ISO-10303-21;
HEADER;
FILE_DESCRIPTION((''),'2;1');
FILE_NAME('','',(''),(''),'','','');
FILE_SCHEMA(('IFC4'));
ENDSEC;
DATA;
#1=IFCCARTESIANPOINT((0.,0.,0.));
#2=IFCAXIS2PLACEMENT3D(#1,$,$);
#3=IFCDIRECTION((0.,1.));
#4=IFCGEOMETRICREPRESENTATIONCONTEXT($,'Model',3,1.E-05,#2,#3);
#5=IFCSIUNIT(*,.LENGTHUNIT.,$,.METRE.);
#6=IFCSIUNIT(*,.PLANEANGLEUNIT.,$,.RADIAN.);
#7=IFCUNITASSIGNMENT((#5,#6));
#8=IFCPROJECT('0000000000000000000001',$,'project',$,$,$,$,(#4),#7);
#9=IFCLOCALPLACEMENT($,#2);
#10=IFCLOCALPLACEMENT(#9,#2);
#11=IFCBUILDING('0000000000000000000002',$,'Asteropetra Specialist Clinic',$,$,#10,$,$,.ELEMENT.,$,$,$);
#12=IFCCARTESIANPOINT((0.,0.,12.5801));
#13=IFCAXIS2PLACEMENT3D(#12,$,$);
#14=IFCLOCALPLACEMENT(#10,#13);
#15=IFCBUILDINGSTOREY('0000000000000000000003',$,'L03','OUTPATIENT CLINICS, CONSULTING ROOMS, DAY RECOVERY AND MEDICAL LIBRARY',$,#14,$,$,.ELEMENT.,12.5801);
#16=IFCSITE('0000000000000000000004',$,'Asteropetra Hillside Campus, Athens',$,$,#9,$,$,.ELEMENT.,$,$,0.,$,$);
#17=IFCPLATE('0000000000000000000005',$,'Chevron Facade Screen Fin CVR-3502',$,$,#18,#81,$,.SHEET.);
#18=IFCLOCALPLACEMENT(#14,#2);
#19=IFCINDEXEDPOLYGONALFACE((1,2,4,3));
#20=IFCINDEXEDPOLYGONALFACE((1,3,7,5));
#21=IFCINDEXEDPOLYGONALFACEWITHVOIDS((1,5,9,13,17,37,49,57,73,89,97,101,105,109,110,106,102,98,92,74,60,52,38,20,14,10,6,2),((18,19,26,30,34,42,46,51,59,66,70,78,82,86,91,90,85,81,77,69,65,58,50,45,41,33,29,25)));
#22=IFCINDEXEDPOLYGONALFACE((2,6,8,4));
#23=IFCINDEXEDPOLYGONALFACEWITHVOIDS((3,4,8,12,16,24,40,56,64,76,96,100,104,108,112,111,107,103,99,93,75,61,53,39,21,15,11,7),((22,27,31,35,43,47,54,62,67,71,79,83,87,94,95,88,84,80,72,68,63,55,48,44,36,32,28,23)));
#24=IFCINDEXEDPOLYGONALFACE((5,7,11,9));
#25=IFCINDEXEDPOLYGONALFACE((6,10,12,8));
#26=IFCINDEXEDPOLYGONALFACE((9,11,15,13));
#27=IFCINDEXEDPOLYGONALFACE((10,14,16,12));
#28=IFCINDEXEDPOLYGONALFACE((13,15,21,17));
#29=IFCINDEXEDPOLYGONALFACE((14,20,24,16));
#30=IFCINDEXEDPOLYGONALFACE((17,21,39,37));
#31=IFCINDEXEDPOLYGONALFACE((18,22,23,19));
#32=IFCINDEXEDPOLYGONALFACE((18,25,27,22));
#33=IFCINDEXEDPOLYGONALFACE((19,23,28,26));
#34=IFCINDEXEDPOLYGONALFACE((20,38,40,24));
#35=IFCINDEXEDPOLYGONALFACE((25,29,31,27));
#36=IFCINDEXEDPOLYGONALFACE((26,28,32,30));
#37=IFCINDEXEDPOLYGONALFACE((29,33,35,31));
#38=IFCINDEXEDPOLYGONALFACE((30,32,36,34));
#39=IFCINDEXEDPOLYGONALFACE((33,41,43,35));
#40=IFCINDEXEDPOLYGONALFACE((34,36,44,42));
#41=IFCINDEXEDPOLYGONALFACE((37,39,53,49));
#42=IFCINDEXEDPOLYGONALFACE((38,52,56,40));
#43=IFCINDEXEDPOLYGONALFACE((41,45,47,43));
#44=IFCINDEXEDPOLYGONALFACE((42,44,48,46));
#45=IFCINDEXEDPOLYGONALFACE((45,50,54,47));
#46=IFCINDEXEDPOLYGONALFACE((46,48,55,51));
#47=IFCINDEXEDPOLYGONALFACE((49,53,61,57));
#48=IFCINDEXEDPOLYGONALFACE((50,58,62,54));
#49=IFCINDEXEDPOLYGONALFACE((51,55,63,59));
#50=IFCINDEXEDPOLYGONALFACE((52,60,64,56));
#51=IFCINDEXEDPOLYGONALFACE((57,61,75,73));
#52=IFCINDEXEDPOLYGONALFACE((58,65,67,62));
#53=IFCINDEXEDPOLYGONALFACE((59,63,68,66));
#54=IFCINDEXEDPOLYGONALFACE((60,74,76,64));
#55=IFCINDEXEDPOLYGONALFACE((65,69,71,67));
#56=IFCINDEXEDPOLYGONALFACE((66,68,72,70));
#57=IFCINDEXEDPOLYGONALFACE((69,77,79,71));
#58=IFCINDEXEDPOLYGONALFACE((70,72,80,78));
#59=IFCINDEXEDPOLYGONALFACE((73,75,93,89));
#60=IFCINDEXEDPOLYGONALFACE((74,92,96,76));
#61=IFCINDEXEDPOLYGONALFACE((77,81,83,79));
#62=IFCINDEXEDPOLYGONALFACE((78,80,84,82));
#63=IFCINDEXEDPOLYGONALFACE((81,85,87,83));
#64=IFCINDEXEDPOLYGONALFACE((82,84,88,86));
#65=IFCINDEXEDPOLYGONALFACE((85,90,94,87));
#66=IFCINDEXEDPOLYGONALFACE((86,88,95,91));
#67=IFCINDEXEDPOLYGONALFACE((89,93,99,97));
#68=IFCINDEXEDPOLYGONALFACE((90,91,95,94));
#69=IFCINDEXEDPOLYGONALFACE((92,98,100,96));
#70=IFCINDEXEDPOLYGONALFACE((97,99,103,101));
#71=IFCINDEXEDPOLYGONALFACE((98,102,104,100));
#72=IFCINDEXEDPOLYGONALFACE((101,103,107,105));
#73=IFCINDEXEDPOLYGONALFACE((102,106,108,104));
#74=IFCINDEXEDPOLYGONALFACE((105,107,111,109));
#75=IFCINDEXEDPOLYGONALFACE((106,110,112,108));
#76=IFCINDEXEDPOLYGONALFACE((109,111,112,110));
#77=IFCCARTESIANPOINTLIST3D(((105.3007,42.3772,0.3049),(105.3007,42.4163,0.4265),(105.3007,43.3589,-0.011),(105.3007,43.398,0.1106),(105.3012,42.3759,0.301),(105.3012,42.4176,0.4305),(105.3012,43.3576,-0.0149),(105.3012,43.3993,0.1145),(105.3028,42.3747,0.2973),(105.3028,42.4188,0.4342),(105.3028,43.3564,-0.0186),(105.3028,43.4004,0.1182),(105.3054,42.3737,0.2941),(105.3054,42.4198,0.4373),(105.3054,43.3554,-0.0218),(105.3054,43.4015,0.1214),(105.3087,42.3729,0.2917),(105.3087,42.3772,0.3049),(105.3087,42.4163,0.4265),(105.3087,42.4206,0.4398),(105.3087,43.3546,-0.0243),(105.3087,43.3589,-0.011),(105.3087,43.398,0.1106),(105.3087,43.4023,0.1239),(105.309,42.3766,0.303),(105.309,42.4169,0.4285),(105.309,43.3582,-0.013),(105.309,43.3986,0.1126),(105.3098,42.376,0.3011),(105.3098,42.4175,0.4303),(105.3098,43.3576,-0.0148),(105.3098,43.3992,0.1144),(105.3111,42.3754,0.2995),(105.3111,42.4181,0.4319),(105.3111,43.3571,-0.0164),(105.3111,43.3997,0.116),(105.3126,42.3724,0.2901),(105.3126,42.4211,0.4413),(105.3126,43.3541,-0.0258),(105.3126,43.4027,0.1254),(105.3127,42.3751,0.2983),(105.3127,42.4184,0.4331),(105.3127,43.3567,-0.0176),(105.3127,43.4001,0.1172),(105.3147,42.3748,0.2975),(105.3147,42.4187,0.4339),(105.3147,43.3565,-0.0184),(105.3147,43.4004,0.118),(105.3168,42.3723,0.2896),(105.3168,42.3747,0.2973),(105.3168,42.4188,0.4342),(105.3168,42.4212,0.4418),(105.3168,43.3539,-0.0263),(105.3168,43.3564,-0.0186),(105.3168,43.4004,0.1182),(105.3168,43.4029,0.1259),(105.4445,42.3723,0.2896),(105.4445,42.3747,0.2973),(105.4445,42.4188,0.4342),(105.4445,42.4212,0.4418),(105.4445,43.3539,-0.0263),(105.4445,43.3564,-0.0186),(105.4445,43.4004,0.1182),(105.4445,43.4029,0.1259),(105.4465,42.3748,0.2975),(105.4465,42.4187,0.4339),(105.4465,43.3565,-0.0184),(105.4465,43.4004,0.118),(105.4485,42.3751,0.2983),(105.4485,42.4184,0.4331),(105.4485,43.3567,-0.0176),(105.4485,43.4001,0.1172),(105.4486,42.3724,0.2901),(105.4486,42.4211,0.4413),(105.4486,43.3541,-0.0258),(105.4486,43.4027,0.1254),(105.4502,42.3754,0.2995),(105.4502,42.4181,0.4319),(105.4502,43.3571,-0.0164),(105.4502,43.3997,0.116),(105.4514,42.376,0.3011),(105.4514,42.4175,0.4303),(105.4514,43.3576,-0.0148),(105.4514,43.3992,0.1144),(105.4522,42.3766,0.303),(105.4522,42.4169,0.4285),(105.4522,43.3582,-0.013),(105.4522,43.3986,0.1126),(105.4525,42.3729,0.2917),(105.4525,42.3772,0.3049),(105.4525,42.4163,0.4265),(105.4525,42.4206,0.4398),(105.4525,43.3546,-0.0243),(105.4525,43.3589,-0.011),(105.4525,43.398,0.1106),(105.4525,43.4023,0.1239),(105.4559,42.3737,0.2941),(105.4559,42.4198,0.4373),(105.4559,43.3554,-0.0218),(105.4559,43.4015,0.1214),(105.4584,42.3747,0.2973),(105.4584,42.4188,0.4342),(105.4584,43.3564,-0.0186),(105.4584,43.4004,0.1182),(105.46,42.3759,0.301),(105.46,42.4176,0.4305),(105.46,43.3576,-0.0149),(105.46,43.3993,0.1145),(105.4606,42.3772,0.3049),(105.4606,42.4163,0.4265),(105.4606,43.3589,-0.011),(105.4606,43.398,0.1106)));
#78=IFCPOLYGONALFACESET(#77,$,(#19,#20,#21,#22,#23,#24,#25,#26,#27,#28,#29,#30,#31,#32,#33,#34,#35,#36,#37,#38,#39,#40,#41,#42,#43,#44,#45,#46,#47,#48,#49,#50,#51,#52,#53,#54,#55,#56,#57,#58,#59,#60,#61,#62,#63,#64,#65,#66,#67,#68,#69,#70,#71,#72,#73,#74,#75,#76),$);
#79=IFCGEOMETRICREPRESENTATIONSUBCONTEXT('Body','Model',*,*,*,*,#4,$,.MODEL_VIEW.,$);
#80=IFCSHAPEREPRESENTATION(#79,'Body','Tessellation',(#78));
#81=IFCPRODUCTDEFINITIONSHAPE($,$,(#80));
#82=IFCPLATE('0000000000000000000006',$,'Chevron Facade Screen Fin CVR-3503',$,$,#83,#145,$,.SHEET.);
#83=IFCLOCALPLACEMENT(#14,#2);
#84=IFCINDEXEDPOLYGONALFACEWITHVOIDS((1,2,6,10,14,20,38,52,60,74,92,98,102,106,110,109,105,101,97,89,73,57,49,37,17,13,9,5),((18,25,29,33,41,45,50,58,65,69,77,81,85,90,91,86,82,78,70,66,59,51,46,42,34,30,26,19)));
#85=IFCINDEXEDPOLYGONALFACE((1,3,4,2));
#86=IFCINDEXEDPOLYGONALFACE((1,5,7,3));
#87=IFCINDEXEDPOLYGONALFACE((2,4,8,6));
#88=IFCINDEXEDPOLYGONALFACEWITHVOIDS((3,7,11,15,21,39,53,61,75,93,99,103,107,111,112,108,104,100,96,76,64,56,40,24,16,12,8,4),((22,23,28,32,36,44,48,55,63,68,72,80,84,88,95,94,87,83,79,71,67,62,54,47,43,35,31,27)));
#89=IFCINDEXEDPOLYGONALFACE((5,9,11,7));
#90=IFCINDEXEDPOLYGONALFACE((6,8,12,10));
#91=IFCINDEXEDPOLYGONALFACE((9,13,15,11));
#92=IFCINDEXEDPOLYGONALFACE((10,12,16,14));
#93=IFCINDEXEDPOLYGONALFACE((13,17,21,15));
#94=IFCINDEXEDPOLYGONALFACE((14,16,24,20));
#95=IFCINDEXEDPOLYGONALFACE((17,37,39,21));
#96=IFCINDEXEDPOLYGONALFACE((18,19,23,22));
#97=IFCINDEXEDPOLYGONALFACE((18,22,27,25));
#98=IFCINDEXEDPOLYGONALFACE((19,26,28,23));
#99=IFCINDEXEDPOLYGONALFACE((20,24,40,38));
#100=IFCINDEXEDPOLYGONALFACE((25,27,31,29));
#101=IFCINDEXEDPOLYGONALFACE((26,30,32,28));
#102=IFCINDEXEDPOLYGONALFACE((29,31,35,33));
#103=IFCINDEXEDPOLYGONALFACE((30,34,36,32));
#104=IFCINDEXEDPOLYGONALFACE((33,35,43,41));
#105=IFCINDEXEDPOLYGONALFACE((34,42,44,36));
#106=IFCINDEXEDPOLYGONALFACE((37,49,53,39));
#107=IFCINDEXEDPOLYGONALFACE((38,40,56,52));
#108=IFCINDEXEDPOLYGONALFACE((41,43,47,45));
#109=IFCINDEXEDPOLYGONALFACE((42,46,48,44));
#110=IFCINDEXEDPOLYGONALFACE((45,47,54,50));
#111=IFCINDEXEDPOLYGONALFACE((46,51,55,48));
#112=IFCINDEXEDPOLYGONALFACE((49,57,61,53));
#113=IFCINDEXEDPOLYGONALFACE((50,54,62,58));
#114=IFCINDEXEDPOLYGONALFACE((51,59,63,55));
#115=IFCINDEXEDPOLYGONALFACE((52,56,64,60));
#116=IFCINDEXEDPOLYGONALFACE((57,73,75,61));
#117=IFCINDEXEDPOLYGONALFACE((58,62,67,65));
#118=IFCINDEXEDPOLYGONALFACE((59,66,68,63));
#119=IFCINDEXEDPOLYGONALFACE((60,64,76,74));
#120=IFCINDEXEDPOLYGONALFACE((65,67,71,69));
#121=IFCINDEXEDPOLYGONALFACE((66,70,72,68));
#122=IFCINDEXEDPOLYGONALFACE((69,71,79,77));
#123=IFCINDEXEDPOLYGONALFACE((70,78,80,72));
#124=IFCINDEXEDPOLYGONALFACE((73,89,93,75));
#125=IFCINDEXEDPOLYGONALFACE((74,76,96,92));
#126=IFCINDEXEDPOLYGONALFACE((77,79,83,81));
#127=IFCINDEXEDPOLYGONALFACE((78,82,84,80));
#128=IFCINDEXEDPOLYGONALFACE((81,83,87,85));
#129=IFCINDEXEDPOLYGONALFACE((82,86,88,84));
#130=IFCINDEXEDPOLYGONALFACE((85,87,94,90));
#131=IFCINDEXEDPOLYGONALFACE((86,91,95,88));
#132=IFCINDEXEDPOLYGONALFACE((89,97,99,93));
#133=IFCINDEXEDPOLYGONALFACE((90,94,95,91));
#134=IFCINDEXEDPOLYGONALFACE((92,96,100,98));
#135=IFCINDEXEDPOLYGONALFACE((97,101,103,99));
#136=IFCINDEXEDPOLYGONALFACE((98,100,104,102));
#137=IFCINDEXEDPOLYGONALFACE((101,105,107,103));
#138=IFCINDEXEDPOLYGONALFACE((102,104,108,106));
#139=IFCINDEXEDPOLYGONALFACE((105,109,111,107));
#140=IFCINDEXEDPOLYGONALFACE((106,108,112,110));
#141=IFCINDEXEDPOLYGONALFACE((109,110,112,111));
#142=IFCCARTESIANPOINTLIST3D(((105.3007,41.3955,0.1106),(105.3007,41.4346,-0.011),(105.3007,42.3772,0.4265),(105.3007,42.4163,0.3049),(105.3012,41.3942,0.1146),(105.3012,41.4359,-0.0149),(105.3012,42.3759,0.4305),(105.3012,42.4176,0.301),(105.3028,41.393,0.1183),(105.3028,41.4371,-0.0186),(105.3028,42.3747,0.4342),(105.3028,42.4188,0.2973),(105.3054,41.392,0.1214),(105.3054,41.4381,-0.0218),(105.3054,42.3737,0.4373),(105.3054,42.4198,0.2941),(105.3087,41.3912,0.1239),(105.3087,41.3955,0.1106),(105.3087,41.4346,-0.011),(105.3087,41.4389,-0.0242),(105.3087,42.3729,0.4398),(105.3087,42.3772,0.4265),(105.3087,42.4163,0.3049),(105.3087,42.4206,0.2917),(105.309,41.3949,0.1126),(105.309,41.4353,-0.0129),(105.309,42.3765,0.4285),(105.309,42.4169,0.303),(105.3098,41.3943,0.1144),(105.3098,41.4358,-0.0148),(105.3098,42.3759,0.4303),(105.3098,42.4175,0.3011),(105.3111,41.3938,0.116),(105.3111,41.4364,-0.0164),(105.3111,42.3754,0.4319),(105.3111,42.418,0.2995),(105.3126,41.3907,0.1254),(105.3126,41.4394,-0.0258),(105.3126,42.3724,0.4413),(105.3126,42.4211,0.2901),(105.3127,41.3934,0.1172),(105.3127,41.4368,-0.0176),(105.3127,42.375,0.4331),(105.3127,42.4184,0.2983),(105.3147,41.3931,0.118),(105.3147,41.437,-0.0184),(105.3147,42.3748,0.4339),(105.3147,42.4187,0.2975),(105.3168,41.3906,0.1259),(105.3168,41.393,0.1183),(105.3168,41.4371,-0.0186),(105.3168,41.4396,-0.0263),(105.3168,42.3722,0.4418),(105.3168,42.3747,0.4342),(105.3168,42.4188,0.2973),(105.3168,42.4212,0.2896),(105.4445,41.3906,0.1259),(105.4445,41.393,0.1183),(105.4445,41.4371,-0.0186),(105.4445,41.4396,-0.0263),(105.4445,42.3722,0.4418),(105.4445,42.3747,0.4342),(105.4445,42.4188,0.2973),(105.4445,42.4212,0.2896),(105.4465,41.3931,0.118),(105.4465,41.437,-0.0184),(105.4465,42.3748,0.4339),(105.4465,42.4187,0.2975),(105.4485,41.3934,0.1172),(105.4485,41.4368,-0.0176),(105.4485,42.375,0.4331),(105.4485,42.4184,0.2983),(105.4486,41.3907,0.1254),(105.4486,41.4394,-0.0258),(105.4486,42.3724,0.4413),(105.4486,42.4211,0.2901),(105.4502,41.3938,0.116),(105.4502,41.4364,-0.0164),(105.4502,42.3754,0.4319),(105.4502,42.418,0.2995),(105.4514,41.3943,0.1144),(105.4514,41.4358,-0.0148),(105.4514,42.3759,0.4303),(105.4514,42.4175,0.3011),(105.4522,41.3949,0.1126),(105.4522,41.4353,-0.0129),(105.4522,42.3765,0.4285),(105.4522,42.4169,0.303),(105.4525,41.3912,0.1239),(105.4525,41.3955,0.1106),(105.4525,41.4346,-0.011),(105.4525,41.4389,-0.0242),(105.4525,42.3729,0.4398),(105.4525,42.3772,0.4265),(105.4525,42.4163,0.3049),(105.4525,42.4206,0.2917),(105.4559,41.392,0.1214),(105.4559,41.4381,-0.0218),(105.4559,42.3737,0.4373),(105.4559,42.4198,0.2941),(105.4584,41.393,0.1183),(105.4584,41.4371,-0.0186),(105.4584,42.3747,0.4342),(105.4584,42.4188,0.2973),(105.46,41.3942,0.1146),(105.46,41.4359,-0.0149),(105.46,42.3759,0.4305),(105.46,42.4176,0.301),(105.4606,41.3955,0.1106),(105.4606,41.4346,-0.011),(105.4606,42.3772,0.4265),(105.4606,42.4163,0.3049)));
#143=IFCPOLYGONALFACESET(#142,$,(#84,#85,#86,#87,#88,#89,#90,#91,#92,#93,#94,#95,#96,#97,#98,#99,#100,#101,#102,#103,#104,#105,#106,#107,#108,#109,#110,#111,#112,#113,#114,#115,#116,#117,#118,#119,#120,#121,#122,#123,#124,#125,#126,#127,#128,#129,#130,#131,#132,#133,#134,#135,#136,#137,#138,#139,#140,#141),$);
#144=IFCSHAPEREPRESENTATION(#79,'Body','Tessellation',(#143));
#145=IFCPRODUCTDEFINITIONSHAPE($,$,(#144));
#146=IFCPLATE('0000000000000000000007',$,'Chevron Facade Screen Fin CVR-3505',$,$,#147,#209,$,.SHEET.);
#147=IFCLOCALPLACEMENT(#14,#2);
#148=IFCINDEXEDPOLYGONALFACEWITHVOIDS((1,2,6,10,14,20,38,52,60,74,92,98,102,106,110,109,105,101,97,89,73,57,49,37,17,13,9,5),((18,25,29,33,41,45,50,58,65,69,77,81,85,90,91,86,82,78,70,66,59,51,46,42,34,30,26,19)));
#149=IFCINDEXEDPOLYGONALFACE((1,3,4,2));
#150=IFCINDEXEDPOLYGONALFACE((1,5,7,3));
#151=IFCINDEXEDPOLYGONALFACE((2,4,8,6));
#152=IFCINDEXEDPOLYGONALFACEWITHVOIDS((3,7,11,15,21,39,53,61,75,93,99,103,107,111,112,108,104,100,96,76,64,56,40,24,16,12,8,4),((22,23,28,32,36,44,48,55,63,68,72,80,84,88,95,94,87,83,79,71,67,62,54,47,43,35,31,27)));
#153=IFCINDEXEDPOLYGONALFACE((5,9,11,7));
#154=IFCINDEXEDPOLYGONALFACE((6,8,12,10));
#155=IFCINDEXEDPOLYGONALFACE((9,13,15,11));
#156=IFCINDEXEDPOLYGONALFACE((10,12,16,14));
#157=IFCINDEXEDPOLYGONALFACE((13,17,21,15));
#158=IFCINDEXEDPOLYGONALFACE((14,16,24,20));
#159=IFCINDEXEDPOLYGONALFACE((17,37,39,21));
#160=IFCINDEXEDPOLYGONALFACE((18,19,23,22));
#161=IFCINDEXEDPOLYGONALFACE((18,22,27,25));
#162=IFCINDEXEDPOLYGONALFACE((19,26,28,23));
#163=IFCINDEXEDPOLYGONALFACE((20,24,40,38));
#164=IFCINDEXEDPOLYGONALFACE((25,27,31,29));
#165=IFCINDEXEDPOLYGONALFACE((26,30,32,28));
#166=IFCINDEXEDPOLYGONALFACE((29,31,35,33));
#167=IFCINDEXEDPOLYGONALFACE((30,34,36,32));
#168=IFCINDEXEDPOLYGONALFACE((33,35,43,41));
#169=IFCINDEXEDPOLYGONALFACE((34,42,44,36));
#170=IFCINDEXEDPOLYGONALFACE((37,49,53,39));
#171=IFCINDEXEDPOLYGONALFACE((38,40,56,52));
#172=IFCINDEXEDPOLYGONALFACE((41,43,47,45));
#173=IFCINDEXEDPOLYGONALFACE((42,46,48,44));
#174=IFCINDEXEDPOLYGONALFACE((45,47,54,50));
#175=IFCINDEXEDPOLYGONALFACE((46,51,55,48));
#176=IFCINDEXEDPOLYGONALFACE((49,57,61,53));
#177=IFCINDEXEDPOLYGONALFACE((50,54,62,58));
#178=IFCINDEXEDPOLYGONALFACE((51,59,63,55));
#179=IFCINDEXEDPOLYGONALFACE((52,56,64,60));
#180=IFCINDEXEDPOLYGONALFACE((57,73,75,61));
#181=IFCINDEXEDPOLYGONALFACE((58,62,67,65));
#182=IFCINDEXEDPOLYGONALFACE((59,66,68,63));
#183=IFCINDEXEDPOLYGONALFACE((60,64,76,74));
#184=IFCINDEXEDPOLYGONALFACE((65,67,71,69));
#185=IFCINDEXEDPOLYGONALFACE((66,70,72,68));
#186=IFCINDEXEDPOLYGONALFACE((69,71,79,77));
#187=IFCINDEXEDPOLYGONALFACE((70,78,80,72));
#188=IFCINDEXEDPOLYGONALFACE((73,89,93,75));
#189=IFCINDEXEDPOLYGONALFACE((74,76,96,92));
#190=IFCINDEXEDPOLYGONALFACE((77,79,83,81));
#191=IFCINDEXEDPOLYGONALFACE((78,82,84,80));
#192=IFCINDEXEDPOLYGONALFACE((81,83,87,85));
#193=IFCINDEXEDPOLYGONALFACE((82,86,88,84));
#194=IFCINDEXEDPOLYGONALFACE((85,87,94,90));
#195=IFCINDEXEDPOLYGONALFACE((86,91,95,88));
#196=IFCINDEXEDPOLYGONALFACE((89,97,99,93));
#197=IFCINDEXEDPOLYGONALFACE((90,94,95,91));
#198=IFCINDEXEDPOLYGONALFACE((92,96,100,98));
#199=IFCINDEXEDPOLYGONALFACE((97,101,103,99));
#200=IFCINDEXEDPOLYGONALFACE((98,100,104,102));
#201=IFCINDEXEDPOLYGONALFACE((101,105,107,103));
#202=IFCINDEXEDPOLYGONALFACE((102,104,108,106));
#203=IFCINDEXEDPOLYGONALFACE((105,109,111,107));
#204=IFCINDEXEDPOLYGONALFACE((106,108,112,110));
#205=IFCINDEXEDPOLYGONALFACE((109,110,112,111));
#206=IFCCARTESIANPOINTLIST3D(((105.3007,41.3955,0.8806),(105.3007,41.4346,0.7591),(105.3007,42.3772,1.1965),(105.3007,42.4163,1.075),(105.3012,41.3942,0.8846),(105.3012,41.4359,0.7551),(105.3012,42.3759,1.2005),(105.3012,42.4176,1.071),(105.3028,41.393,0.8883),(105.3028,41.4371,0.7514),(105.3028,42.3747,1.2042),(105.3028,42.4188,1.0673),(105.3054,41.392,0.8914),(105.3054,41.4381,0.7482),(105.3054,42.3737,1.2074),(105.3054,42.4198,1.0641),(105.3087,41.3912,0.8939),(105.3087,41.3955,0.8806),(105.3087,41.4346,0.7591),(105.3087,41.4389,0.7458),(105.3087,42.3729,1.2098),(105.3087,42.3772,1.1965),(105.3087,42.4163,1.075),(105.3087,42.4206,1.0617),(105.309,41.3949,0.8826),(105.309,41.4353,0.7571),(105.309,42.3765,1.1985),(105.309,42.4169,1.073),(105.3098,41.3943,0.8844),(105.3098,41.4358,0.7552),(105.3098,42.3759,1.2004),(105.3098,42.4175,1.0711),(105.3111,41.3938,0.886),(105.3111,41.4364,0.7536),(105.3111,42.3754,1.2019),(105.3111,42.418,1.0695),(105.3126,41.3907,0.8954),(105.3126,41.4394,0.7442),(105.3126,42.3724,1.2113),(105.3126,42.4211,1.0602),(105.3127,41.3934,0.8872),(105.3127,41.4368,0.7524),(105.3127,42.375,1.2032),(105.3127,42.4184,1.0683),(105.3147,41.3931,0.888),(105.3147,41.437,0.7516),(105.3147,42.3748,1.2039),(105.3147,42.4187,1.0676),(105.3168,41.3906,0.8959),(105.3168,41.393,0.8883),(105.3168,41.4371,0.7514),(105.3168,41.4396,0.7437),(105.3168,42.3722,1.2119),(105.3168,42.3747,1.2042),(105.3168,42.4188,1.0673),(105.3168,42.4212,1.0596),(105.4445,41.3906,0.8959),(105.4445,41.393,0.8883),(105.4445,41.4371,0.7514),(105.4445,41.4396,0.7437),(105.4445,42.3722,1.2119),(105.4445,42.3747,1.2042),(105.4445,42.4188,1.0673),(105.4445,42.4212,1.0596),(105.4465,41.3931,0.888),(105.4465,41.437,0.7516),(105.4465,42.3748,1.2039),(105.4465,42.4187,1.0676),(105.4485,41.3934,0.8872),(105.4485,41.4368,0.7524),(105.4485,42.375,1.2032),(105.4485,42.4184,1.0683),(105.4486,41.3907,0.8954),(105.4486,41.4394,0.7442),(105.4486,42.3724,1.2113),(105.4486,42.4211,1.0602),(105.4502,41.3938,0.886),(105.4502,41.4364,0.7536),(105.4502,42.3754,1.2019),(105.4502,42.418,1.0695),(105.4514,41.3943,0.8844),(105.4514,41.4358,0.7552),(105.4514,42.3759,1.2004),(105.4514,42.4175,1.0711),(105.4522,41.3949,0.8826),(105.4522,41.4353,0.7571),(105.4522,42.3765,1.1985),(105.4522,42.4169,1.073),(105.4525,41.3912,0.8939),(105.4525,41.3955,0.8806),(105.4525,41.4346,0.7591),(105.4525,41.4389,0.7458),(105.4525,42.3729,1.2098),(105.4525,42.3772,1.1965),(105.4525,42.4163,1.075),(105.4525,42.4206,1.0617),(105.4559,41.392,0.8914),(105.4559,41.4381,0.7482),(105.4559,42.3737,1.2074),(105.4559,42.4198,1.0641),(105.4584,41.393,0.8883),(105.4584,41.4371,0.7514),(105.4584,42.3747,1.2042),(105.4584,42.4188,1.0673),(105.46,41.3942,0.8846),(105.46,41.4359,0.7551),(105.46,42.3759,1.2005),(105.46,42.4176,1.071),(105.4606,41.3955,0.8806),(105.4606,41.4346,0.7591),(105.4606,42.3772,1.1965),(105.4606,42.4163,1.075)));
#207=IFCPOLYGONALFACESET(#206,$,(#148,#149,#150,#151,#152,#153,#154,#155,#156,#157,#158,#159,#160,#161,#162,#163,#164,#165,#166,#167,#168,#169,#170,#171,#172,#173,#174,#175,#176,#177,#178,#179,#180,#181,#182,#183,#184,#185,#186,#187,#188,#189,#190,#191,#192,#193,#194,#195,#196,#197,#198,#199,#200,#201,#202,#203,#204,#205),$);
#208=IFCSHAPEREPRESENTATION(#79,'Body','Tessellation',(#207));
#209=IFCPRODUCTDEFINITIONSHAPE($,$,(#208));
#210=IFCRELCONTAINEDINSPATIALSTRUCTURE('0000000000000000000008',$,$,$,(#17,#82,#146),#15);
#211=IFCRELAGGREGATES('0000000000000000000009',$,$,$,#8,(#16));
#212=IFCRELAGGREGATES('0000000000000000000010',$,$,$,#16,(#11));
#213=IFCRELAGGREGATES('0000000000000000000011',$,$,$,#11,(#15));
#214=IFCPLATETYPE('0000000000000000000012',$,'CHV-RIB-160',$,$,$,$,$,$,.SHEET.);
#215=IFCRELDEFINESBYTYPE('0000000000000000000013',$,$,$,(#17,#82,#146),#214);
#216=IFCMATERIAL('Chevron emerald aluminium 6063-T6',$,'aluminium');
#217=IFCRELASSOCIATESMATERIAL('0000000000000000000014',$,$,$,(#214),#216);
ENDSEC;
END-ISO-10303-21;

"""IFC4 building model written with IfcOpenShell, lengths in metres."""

from ifc_helpers import new_model, si_unit, direction, frame, origin, origin_2d, place, context, subcontext, project, spatial, hollow_rectangle, extrude, material, material_profile, profile_set, type_object, element, save


model = new_model("IFC4")

# Units and contexts
model_context = context("Model", 3, precision=1e-05, world=origin(), true_north=direction((0.0, 1.0)))
body_context = subcontext(model_context, "Body", "Model", "MODEL_VIEW")
ifc_project = project(units=[si_unit("LENGTHUNIT", "METRE"), si_unit("PLANEANGLEUNIT", "RADIAN")], contexts=[model_context])

# Site, building, storey
site_placement = place(None, origin())
site = spatial("IfcSite", under=ifc_project, at=site_placement, Name="Asteropetra Hillside Campus, Athens", CompositionType="ELEMENT", RefElevation=0.0)
building_placement = place(site_placement, origin())
building = spatial("IfcBuilding", under=site, at=building_placement, Name="Asteropetra Specialist Clinic", CompositionType="ELEMENT")
storey_placement = place(building_placement, frame((0.0, 0.0, 12.5801)))
storey = spatial("IfcBuildingStorey", under=building, at=storey_placement, Name="L03", Description="OUTPATIENT CLINICS, CONSULTING ROOMS, DAY RECOVERY AND MEDICAL LIBRARY", CompositionType="ELEMENT", Elevation=12.5801)

# Plates
ifc_material_1 = material(Name="Chevron emerald aluminium 6063-T6", Category="aluminium")
ifc_material_profile_1 = material_profile(ifc_material_1, hollow_rectangle(XDim=0.1599, YDim=0.1599, WallThickness=0.0081, InnerFilletRadius=0.0081, OuterFilletRadius=0.0161, at=origin_2d()), Name="SHS 160x160x8.0")
ifc_profile_set_1 = profile_set([ifc_material_profile_1], Name="Chevron emerald aluminium 6063-T6")
plate_type_1 = type_object("IfcPlateType", Name="CHV-RIB-160", PredefinedType="SHEET", material=ifc_profile_set_1)
for number, where, z_axis, x_axis, name in (
    (1, (105.3806, 43.3784, 0.0498), (0.0, -0.951923, 0.306339), (1.0, 0.0, 0.0), "Chevron Facade Screen Fin CVR-3502"),
    (2, (105.3806, 42.3967, 0.3657), (0.0, -0.951923, -0.306339), (1.0, 0.0, 0.0), "Chevron Facade Screen Fin CVR-3503"),
    (3, (105.3806, 42.3967, 1.1357), (0.0, -0.951923, -0.306339), (1.0, 0.0, 0.0), "Chevron Facade Screen Fin CVR-3505"),
):
    element("IfcPlate", number, at=place(storey_placement, frame(where, z_axis=z_axis, x_axis=x_axis)), inside=storey, type_object=plate_type_1, Name=name, PredefinedType="SHEET", context=body_context, shape_type="SweptSolid", body=[
        extrude(hollow_rectangle(XDim=0.1599, YDim=0.1599, WallThickness=0.0081, InnerFilletRadius=0.0081, OuterFilletRadius=0.0161, at=origin_2d()), origin(), (0.0, 0.0, 1.0), 1.0312),
    ])

save(model, "model.ifc")
